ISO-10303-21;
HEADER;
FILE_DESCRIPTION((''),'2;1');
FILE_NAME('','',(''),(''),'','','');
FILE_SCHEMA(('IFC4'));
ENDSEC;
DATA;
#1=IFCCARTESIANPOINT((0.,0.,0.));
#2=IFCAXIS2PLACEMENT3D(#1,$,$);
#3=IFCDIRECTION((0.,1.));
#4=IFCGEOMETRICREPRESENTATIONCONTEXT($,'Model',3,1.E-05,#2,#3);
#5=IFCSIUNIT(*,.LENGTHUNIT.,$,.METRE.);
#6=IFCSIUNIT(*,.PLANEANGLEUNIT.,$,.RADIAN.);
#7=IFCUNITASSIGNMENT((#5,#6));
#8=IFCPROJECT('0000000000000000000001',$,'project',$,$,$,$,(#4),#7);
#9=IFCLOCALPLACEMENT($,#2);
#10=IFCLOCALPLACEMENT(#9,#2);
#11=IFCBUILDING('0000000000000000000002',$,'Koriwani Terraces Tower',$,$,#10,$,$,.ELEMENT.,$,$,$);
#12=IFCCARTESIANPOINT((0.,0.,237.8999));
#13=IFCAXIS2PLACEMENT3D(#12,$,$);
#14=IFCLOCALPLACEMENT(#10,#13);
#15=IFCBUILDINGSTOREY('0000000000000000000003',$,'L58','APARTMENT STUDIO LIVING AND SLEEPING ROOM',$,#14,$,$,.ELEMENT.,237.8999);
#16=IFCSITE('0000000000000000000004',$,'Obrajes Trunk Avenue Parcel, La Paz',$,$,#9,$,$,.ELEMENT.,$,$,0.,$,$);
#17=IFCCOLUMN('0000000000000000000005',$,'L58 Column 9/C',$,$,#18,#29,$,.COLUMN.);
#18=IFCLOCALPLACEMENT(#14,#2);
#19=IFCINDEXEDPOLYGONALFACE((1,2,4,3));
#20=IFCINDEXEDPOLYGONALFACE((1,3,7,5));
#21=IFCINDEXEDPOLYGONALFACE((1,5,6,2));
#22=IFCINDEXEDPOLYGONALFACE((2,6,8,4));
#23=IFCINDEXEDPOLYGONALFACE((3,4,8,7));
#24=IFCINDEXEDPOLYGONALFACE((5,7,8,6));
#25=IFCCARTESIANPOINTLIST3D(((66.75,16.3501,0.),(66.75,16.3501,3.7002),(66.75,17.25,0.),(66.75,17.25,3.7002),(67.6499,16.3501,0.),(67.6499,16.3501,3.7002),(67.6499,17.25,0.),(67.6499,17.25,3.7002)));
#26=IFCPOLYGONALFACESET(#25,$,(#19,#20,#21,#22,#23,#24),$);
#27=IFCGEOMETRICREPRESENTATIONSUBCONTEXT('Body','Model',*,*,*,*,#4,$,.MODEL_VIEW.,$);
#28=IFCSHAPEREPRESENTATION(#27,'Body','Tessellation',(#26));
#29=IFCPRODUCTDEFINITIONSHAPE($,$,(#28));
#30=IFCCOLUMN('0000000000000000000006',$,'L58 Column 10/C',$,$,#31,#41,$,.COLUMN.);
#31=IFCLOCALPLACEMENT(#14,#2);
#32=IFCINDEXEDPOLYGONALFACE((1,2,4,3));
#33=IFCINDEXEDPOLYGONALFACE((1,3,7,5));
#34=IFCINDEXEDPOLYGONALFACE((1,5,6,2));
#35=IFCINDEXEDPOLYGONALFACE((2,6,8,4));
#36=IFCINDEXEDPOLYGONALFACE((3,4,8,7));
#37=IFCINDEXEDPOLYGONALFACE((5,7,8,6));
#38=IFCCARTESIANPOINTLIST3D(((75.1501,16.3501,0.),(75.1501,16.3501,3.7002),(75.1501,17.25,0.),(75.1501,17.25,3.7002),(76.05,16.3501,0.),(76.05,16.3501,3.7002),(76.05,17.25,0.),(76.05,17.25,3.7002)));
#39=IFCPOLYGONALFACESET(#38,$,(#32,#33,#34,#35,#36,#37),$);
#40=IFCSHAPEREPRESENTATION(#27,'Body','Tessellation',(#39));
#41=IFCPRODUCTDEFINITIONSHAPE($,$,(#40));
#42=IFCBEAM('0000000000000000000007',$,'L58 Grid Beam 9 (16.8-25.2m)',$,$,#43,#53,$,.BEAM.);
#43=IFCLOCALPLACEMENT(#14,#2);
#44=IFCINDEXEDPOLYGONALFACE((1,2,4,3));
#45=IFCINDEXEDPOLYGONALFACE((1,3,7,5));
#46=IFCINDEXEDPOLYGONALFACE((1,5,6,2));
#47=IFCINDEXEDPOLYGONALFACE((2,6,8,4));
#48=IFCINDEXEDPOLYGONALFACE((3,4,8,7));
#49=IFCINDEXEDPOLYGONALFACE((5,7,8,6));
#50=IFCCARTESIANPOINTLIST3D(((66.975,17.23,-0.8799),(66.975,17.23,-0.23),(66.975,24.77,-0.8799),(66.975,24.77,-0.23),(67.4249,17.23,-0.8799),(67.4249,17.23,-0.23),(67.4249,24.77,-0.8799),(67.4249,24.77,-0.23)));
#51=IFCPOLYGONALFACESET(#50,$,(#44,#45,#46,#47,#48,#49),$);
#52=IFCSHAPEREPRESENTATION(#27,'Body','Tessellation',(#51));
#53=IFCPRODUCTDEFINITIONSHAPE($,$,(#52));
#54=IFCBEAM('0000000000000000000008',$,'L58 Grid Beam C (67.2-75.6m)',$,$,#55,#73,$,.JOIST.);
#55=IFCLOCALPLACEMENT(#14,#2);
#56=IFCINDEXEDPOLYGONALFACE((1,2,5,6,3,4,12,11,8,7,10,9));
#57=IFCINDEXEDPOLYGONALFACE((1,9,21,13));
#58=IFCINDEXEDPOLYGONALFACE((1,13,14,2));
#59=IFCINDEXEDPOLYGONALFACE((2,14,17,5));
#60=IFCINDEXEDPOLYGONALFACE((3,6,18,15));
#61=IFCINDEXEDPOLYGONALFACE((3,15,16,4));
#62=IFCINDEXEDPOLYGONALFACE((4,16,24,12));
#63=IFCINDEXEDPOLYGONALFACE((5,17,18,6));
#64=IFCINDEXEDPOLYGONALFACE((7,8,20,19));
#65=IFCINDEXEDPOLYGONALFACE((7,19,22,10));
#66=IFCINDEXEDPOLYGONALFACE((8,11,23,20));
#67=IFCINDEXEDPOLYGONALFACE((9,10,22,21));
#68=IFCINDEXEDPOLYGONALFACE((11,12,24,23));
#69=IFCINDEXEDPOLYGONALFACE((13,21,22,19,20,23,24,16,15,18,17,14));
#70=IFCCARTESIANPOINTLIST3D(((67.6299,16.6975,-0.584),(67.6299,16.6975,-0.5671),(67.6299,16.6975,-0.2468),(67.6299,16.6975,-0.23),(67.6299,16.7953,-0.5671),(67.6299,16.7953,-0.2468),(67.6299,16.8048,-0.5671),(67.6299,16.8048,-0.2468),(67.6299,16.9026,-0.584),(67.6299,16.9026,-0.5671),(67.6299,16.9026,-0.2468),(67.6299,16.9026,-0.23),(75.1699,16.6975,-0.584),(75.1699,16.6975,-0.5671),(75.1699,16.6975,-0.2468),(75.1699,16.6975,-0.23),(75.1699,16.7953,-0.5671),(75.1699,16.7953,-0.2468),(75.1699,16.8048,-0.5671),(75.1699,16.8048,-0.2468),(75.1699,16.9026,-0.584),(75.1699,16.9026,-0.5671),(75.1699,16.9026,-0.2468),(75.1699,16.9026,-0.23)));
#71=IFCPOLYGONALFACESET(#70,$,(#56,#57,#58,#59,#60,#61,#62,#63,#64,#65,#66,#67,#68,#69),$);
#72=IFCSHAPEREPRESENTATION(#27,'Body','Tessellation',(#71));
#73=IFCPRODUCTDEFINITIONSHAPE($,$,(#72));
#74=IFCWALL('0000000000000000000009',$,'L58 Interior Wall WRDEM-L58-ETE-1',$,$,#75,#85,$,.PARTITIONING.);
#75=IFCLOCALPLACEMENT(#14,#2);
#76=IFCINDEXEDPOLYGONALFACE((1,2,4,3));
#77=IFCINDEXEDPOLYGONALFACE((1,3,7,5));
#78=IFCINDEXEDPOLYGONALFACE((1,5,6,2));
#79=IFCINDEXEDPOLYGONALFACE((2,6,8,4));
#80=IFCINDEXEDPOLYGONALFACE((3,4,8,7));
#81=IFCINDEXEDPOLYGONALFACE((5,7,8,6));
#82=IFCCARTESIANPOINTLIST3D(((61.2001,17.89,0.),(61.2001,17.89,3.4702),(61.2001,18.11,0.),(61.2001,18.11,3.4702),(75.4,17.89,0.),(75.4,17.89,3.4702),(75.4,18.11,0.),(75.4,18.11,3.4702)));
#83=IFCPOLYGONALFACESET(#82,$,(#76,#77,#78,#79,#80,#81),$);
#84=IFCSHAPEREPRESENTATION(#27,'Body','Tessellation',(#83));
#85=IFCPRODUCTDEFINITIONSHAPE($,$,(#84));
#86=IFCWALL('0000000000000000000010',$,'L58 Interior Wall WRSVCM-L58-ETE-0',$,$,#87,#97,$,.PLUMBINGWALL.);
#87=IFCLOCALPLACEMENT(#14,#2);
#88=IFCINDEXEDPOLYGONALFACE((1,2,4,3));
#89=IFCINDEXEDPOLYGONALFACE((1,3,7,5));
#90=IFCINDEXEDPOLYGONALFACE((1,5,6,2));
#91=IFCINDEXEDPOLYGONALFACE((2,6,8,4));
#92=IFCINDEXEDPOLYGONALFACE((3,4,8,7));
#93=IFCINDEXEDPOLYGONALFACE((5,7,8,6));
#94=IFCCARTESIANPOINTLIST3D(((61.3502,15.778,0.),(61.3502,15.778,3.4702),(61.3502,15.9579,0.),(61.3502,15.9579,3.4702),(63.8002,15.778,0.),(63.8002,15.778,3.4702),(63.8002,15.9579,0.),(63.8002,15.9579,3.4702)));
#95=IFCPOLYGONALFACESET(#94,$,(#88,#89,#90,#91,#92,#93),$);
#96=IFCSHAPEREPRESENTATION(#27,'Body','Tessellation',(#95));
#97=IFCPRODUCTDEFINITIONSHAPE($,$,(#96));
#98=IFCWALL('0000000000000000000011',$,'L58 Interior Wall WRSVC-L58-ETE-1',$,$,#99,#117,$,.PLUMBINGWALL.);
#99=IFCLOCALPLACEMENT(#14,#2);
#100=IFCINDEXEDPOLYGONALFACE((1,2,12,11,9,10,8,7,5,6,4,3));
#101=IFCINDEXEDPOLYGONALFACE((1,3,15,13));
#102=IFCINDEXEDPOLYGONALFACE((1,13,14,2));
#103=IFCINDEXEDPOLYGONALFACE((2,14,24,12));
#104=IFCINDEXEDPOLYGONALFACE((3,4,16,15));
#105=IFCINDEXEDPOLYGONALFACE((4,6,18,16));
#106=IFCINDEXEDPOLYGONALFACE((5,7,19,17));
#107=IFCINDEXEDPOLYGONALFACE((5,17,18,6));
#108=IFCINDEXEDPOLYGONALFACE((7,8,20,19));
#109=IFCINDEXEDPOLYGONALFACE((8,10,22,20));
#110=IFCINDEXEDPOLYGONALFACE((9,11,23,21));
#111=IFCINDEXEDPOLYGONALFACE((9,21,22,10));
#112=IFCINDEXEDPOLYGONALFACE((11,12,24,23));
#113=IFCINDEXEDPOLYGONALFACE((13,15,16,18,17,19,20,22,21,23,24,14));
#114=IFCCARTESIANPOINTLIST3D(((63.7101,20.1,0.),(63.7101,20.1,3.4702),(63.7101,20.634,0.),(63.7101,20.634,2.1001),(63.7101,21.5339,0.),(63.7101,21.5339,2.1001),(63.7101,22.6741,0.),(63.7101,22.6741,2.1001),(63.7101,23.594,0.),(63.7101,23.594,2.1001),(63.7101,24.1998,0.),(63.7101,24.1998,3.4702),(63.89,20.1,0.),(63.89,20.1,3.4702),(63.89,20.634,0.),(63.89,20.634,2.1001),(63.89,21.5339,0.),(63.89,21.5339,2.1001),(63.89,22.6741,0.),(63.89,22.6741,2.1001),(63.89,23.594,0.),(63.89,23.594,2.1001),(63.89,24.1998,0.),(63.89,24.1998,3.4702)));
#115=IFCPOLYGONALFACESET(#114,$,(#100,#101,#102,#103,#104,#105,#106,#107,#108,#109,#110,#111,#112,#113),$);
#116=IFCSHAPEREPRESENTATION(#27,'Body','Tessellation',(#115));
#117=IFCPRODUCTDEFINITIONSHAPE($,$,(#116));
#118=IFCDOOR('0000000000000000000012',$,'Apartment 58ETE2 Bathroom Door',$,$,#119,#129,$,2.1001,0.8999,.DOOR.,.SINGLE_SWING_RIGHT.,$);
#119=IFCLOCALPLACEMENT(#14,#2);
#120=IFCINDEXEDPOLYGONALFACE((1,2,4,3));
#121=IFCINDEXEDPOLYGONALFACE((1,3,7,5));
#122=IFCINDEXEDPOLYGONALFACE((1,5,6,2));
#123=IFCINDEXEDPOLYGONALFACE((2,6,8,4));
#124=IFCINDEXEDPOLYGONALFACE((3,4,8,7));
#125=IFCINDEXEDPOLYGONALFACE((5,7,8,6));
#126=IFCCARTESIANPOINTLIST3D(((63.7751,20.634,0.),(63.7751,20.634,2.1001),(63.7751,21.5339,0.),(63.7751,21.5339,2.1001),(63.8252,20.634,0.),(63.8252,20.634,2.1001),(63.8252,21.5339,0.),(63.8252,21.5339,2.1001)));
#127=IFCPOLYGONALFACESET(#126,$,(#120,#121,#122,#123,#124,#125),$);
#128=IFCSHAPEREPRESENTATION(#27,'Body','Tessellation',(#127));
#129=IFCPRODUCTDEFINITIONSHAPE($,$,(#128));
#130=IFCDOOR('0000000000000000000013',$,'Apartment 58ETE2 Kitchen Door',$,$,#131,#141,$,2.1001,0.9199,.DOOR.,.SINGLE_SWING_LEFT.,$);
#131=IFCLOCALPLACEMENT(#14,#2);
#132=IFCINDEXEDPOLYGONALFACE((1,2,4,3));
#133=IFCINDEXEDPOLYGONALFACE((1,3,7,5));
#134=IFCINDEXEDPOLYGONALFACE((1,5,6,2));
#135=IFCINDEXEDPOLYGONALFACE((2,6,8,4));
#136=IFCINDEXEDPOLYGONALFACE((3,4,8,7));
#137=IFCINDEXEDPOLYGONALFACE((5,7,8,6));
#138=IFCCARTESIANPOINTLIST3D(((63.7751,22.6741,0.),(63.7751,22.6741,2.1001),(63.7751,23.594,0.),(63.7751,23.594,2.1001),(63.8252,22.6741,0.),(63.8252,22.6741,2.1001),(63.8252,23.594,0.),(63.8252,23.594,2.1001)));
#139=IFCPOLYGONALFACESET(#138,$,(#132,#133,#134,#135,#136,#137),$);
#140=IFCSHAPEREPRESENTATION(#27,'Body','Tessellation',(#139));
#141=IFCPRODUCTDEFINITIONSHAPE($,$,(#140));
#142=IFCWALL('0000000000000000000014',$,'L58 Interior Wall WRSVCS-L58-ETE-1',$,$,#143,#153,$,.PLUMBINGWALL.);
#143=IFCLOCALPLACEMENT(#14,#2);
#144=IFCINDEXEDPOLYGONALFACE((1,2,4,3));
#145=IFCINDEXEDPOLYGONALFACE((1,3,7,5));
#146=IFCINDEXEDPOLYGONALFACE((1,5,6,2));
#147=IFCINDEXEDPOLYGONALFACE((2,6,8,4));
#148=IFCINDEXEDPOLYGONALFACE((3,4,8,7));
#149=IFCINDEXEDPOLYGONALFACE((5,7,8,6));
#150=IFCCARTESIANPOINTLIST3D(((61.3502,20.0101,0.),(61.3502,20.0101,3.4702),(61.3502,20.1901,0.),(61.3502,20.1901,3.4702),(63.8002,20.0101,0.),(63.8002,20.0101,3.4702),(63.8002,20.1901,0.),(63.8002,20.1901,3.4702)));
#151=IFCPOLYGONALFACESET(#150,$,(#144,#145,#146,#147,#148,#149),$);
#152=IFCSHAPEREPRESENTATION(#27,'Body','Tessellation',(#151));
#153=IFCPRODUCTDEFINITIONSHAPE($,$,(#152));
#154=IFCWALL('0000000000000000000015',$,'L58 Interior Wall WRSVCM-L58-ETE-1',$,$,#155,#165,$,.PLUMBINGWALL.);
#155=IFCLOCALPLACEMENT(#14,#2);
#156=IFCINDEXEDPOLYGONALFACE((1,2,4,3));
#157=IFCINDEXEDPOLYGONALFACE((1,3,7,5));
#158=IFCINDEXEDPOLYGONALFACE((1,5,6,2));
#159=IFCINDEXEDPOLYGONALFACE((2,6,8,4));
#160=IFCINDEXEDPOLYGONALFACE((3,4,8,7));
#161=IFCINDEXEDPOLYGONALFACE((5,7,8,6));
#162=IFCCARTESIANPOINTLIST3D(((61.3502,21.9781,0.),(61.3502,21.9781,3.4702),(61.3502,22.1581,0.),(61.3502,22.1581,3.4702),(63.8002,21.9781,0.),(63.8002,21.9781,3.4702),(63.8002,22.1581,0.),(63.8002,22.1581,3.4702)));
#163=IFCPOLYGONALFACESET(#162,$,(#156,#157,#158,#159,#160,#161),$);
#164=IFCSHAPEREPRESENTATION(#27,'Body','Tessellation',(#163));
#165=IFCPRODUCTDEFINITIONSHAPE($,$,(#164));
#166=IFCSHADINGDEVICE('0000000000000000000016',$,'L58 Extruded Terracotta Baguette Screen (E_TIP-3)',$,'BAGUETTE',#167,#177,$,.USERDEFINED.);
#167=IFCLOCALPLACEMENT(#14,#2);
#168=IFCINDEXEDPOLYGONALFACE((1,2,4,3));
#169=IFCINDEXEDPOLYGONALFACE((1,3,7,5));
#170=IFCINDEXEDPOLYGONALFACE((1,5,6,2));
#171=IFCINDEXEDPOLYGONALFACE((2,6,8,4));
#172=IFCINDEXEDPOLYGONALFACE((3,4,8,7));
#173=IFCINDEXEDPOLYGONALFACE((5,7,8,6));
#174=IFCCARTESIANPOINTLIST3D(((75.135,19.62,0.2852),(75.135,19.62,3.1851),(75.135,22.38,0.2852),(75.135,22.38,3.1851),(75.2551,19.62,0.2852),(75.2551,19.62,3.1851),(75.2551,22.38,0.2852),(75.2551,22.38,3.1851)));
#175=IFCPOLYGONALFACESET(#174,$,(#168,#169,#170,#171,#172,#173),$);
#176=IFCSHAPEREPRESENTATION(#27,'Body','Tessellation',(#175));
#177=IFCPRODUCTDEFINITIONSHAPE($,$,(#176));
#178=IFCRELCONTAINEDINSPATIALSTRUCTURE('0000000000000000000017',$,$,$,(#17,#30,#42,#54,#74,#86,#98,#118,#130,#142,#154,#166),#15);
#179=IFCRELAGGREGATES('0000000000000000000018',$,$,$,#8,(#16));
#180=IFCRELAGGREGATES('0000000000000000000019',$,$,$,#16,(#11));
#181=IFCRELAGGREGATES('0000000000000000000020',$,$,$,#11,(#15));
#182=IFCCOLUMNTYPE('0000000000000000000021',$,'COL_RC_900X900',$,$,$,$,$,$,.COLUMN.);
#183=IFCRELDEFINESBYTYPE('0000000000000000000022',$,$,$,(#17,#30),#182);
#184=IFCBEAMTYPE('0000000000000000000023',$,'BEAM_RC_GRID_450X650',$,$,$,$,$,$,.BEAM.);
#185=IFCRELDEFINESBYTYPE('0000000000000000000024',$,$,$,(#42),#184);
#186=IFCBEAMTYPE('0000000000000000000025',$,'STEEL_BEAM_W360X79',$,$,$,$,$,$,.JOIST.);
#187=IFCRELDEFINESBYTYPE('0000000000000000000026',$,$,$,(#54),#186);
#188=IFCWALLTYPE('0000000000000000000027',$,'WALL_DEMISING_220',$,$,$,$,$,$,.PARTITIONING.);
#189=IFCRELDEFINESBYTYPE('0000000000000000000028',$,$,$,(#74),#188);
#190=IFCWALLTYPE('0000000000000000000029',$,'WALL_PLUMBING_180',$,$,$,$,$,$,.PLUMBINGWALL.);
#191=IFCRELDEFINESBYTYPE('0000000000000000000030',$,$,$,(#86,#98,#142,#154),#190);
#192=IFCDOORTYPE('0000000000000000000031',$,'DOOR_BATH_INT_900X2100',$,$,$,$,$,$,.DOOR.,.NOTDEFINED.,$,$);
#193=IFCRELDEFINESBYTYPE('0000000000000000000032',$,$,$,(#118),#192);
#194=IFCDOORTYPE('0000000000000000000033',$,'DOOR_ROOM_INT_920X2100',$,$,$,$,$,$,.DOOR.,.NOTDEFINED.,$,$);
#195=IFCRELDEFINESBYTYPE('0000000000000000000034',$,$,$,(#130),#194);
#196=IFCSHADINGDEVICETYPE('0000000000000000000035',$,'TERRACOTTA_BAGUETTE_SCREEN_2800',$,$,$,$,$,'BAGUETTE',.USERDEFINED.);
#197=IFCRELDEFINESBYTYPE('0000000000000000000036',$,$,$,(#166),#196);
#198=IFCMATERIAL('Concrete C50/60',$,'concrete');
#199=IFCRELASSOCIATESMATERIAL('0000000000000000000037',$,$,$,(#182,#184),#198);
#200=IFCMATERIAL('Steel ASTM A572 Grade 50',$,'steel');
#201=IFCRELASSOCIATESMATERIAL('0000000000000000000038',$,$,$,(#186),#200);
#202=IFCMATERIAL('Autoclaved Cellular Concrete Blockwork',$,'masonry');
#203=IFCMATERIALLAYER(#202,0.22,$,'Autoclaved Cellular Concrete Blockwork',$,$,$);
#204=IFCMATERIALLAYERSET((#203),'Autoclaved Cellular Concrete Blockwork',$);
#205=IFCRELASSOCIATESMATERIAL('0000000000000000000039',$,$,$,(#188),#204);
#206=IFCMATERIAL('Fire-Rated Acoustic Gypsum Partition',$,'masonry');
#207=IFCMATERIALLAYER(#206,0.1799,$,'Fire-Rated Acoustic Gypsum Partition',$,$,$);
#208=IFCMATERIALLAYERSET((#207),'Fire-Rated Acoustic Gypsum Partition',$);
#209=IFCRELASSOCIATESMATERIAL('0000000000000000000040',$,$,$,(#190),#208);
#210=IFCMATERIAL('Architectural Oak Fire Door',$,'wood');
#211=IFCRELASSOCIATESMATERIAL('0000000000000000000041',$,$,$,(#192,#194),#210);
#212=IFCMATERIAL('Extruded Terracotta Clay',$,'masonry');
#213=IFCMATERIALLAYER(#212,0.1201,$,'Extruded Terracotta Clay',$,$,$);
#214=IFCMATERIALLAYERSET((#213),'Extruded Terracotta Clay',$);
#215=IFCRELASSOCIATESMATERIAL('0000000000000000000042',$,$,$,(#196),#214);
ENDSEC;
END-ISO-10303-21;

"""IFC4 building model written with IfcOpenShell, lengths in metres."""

from ifc_helpers import new_model, si_unit, direction, frame, frame_2d, origin, origin_2d, place, context, subcontext, project, spatial, rectangle, i_section, extrude, material, layer, layer_set, material_profile, profile_set, type_object, element, fill, save


model = new_model("IFC4")

# Units and contexts
model_context = context("Model", 3, precision=1e-05, world=origin(), true_north=direction((0.0, 1.0)))
body_context = subcontext(model_context, "Body", "Model", "MODEL_VIEW")
ifc_project = project(units=[si_unit("LENGTHUNIT", "METRE"), si_unit("PLANEANGLEUNIT", "RADIAN")], contexts=[model_context])

# Site, building, storey
site_placement = place(None, origin())
site = spatial("IfcSite", under=ifc_project, at=site_placement, Name="Obrajes Trunk Avenue Parcel, La Paz", CompositionType="ELEMENT", RefElevation=0.0)
building_placement = place(site_placement, origin())
building = spatial("IfcBuilding", under=site, at=building_placement, Name="Koriwani Terraces Tower", CompositionType="ELEMENT")
storey_placement = place(building_placement, frame((0.0, 0.0, 237.8999)))
storey = spatial("IfcBuildingStorey", under=building, at=storey_placement, Name="L58", Description="APARTMENT STUDIO LIVING AND SLEEPING ROOM", CompositionType="ELEMENT", Elevation=237.8999)

# Columns
ifc_material_1 = material(Name="Concrete C50/60", Category="concrete")
ifc_material_profile_1 = material_profile(ifc_material_1, rectangle(XDim=0.8999, YDim=0.8999, at=origin_2d()), Name="Concrete C50/60", Category="LoadBearing")
ifc_profile_set_1 = profile_set([ifc_material_profile_1], Name="Concrete C50/60")
column_type = type_object("IfcColumnType", Name="COL_RC_900X900", PredefinedType="COLUMN", material=ifc_profile_set_1)
for number, where, z_axis, x_axis, name in (
    (1, (67.2, 16.8, 0.0), (0.0, 0.0, 1.0), (1.0, 0.0, 0.0), "L58 Column 9/C"),
    (2, (75.6001, 16.8, 0.0), (0.0, 0.0, 1.0), (1.0, 0.0, 0.0), "L58 Column 10/C"),
):
    element("IfcColumn", number, at=place(storey_placement, frame(where, z_axis=z_axis, x_axis=x_axis)), inside=storey, type_object=column_type, Name=name, PredefinedType="COLUMN", context=body_context, shape_type="SweptSolid", body=[
        extrude(rectangle(XDim=0.8999, YDim=0.8999, at=origin_2d()), origin(), (0.0, 0.0, 1.0), 3.7002),
    ])

# Beams
ifc_material_profile_2 = material_profile(ifc_material_1, rectangle(XDim=0.45, YDim=0.6499, at=origin_2d()), Name="Concrete C50/60", Category="LoadBearing")
ifc_profile_set_2 = profile_set([ifc_material_profile_2], Name="Concrete C50/60")
beam_type_1 = type_object("IfcBeamType", Name="BEAM_RC_GRID_450X650", PredefinedType="BEAM", material=ifc_profile_set_2)
beam_1_placement = place(storey_placement, frame((67.2, 17.23, -0.5549), z_axis=(0.0, 1.0, 0.0), x_axis=(-1.0, 0.0, 0.0)))
element("IfcBeam", 3, at=beam_1_placement, inside=storey, type_object=beam_type_1, Name="L58 Grid Beam 9 (16.8-25.2m)", PredefinedType="BEAM", context=body_context, shape_type="SweptSolid", body=[
    extrude(rectangle(XDim=0.45, YDim=0.6499, at=origin_2d()), origin(), (0.0, 0.0, 1.0), 7.54),
])
ifc_material_2 = material(Name="Steel ASTM A572 Grade 50", Category="steel")
ifc_material_profile_3 = material_profile(ifc_material_2, i_section(OverallWidth=0.2051, OverallDepth=0.354, WebThickness=0.0095, FlangeThickness=0.0168, at=origin_2d()), Name="Steel ASTM A572 Grade 50", Category="LoadBearing")
ifc_profile_set_3 = profile_set([ifc_material_profile_3], Name="Steel ASTM A572 Grade 50")
beam_type_2 = type_object("IfcBeamType", Name="STEEL_BEAM_W360X79", PredefinedType="JOIST", material=ifc_profile_set_3)
beam_2_placement = place(storey_placement, frame((67.6299, 16.8, -0.407), z_axis=(1.0, 0.0, 0.0), x_axis=(0.0, 1.0, 0.0)))
element("IfcBeam", 4, at=beam_2_placement, inside=storey, type_object=beam_type_2, Name="L58 Grid Beam C (67.2-75.6m)", PredefinedType="JOIST", context=body_context, shape_type="SweptSolid", body=[
    extrude(i_section(OverallWidth=0.2051, OverallDepth=0.354, WebThickness=0.0095, FlangeThickness=0.0168, at=origin_2d()), origin(), (0.0, 0.0, 1.0), 7.54),
])

# Walls
ifc_material_3 = material(Name="Autoclaved Cellular Concrete Blockwork", Category="masonry")
ifc_layer_1 = layer(ifc_material_3, 0.22, Name="Autoclaved Cellular Concrete Blockwork")
ifc_layer_set_1 = layer_set([ifc_layer_1], Name="Autoclaved Cellular Concrete Blockwork")
wall_type_1 = type_object("IfcWallType", Name="WALL_DEMISING_220", PredefinedType="PARTITIONING", material=ifc_layer_set_1)
wall_1_placement = place(storey_placement, frame((61.2, 18.0, 0.0), z_axis=(0.0, 0.0, 1.0), x_axis=(1.0, 0.0, 0.0)))
element("IfcWall", 5, at=wall_1_placement, inside=storey, type_object=wall_type_1, Name="L58 Interior Wall WRDEM-L58-ETE-1", PredefinedType="PARTITIONING", context=body_context, shape_type="SweptSolid", body=[
    extrude(rectangle(XDim=14.2, YDim=0.22, at=frame_2d((7.1001, 0.0))), origin(), (0.0, 0.0, 1.0), 3.4702),
])
ifc_material_4 = material(Name="Fire-Rated Acoustic Gypsum Partition", Category="masonry")
ifc_layer_2 = layer(ifc_material_4, 0.1799, Name="Fire-Rated Acoustic Gypsum Partition")
ifc_layer_set_2 = layer_set([ifc_layer_2], Name="Fire-Rated Acoustic Gypsum Partition")
wall_type_2 = type_object("IfcWallType", Name="WALL_PLUMBING_180", PredefinedType="PLUMBINGWALL", material=ifc_layer_set_2)
wall_2_placement = place(storey_placement, frame((61.3501, 15.8679, 0.0), z_axis=(0.0, 0.0, 1.0), x_axis=(1.0, 0.0, 0.0)))
element("IfcWall", 6, at=wall_2_placement, inside=storey, type_object=wall_type_2, Name="L58 Interior Wall WRSVCM-L58-ETE-0", PredefinedType="PLUMBINGWALL", context=body_context, shape_type="SweptSolid", body=[
    extrude(rectangle(XDim=2.45, YDim=0.1799, at=frame_2d((1.2251, 0.0))), origin(), (0.0, 0.0, 1.0), 3.4702),
])

# Wall, openings, doors
wall_3_placement = place(storey_placement, frame((63.8, 20.1001, 0.0), z_axis=(0.0, 0.0, 1.0), x_axis=(0.0, 1.0, 0.0)))
wall_3 = element("IfcWall", 7, at=wall_3_placement, inside=storey, type_object=wall_type_2, Name="L58 Interior Wall WRSVC-L58-ETE-1", PredefinedType="PLUMBINGWALL", context=body_context, shape_type="SweptSolid", body=[
    extrude(rectangle(XDim=4.0999, YDim=0.1799, at=frame_2d((2.0498, 0.0))), origin(), (0.0, 0.0, 1.0), 3.4702),
])
opening_1_placement = place(wall_3_placement, frame((0.5339, 0.0, 0.0)))
opening_1 = element("IfcOpeningElement", 8, at=opening_1_placement, cuts=wall_3, PredefinedType="OPENING", context=body_context, shape_type="SweptSolid", body=[
    extrude(rectangle(XDim=0.8999, YDim=2.1001, at=frame_2d((0.45, 1.05))), frame((0.0, 0.1001, 0.0), z_axis=(0.0, -1.0, 0.0), x_axis=(1.0, 0.0, 0.0)), (0.0, 0.0, 1.0), 0.2),
])
opening_2_placement = place(wall_3_placement, frame((2.574, 0.0, 0.0)))
opening_2 = element("IfcOpeningElement", 9, at=opening_2_placement, cuts=wall_3, PredefinedType="OPENING", context=body_context, shape_type="SweptSolid", body=[
    extrude(rectangle(XDim=0.9199, YDim=2.1001, at=frame_2d((0.46, 1.05))), frame((0.0, 0.1001, 0.0), z_axis=(0.0, -1.0, 0.0), x_axis=(1.0, 0.0, 0.0)), (0.0, 0.0, 1.0), 0.2),
])
ifc_material_5 = material(Name="Architectural Oak Fire Door", Category="wood")
door_type_1 = type_object("IfcDoorType", Name="DOOR_BATH_INT_900X2100", OperationType="NOTDEFINED", PredefinedType="DOOR", material=ifc_material_5)
door_1_placement = place(opening_1_placement, origin())
door_1 = element("IfcDoor", 10, at=door_1_placement, inside=storey, type_object=door_type_1, Name="Apartment 58ETE2 Bathroom Door", OperationType="SINGLE_SWING_RIGHT", OverallHeight=2.1001, OverallWidth=0.8999, PredefinedType="DOOR", context=body_context, shape_type="SweptSolid", body=[
    extrude(rectangle(XDim=0.8999, YDim=2.1001, at=frame_2d((0.45, 1.05))), frame((0.0, 0.0249, 0.0), z_axis=(0.0, -1.0, 0.0), x_axis=(1.0, 0.0, 0.0)), (0.0, 0.0, 1.0), 0.05),
])
fill(opening_1, door_1)
door_type_2 = type_object("IfcDoorType", Name="DOOR_ROOM_INT_920X2100", OperationType="NOTDEFINED", PredefinedType="DOOR", material=ifc_material_5)
door_2_placement = place(opening_2_placement, origin())
door_2 = element("IfcDoor", 11, at=door_2_placement, inside=storey, type_object=door_type_2, Name="Apartment 58ETE2 Kitchen Door", OperationType="SINGLE_SWING_LEFT", OverallHeight=2.1001, OverallWidth=0.9199, PredefinedType="DOOR", context=body_context, shape_type="SweptSolid", body=[
    extrude(rectangle(XDim=0.9199, YDim=2.1001, at=frame_2d((0.46, 1.05))), frame((0.0, 0.0249, 0.0), z_axis=(0.0, -1.0, 0.0), x_axis=(1.0, 0.0, 0.0)), (0.0, 0.0, 1.0), 0.05),
])
fill(opening_2, door_2)

# Walls
for number, where, z_axis, x_axis, name in (
    (12, (61.3501, 20.1001, 0.0), (0.0, 0.0, 1.0), (1.0, 0.0, 0.0), "L58 Interior Wall WRSVCS-L58-ETE-1"),
    (13, (61.3501, 22.0681, 0.0), (0.0, 0.0, 1.0), (1.0, 0.0, 0.0), "L58 Interior Wall WRSVCM-L58-ETE-1"),
):
    element("IfcWall", number, at=place(storey_placement, frame(where, z_axis=z_axis, x_axis=x_axis)), inside=storey, type_object=wall_type_2, Name=name, PredefinedType="PLUMBINGWALL", context=body_context, shape_type="SweptSolid", body=[
        extrude(rectangle(XDim=2.45, YDim=0.1799, at=frame_2d((1.2251, 0.0))), origin(), (0.0, 0.0, 1.0), 3.4702),
    ])

# Shading device
ifc_material_6 = material(Name="Extruded Terracotta Clay", Category="masonry")
ifc_layer_3 = layer(ifc_material_6, 0.1201, Name="Extruded Terracotta Clay")
ifc_layer_set_3 = layer_set([ifc_layer_3], Name="Extruded Terracotta Clay")
shading_device_type = type_object("IfcShadingDeviceType", Name="TERRACOTTA_BAGUETTE_SCREEN_2800", ElementType="BAGUETTE", PredefinedType="USERDEFINED", material=ifc_layer_set_3)
shading_device_placement = place(storey_placement, frame((75.1951, 21.0, 0.2852), z_axis=(0.0, 0.0, 1.0), x_axis=(0.0, -1.0, 0.0)))
element("IfcShadingDevice", 14, at=shading_device_placement, inside=storey, type_object=shading_device_type, Name="L58 Extruded Terracotta Baguette Screen (E_TIP-3)", ObjectType="BAGUETTE", PredefinedType="USERDEFINED", context=body_context, shape_type="SweptSolid", body=[
    extrude(rectangle(XDim=2.76, YDim=0.1201, at=origin_2d()), origin(), (0.0, 0.0, 1.0), 2.8999),
])

save(model, "model.ifc")
